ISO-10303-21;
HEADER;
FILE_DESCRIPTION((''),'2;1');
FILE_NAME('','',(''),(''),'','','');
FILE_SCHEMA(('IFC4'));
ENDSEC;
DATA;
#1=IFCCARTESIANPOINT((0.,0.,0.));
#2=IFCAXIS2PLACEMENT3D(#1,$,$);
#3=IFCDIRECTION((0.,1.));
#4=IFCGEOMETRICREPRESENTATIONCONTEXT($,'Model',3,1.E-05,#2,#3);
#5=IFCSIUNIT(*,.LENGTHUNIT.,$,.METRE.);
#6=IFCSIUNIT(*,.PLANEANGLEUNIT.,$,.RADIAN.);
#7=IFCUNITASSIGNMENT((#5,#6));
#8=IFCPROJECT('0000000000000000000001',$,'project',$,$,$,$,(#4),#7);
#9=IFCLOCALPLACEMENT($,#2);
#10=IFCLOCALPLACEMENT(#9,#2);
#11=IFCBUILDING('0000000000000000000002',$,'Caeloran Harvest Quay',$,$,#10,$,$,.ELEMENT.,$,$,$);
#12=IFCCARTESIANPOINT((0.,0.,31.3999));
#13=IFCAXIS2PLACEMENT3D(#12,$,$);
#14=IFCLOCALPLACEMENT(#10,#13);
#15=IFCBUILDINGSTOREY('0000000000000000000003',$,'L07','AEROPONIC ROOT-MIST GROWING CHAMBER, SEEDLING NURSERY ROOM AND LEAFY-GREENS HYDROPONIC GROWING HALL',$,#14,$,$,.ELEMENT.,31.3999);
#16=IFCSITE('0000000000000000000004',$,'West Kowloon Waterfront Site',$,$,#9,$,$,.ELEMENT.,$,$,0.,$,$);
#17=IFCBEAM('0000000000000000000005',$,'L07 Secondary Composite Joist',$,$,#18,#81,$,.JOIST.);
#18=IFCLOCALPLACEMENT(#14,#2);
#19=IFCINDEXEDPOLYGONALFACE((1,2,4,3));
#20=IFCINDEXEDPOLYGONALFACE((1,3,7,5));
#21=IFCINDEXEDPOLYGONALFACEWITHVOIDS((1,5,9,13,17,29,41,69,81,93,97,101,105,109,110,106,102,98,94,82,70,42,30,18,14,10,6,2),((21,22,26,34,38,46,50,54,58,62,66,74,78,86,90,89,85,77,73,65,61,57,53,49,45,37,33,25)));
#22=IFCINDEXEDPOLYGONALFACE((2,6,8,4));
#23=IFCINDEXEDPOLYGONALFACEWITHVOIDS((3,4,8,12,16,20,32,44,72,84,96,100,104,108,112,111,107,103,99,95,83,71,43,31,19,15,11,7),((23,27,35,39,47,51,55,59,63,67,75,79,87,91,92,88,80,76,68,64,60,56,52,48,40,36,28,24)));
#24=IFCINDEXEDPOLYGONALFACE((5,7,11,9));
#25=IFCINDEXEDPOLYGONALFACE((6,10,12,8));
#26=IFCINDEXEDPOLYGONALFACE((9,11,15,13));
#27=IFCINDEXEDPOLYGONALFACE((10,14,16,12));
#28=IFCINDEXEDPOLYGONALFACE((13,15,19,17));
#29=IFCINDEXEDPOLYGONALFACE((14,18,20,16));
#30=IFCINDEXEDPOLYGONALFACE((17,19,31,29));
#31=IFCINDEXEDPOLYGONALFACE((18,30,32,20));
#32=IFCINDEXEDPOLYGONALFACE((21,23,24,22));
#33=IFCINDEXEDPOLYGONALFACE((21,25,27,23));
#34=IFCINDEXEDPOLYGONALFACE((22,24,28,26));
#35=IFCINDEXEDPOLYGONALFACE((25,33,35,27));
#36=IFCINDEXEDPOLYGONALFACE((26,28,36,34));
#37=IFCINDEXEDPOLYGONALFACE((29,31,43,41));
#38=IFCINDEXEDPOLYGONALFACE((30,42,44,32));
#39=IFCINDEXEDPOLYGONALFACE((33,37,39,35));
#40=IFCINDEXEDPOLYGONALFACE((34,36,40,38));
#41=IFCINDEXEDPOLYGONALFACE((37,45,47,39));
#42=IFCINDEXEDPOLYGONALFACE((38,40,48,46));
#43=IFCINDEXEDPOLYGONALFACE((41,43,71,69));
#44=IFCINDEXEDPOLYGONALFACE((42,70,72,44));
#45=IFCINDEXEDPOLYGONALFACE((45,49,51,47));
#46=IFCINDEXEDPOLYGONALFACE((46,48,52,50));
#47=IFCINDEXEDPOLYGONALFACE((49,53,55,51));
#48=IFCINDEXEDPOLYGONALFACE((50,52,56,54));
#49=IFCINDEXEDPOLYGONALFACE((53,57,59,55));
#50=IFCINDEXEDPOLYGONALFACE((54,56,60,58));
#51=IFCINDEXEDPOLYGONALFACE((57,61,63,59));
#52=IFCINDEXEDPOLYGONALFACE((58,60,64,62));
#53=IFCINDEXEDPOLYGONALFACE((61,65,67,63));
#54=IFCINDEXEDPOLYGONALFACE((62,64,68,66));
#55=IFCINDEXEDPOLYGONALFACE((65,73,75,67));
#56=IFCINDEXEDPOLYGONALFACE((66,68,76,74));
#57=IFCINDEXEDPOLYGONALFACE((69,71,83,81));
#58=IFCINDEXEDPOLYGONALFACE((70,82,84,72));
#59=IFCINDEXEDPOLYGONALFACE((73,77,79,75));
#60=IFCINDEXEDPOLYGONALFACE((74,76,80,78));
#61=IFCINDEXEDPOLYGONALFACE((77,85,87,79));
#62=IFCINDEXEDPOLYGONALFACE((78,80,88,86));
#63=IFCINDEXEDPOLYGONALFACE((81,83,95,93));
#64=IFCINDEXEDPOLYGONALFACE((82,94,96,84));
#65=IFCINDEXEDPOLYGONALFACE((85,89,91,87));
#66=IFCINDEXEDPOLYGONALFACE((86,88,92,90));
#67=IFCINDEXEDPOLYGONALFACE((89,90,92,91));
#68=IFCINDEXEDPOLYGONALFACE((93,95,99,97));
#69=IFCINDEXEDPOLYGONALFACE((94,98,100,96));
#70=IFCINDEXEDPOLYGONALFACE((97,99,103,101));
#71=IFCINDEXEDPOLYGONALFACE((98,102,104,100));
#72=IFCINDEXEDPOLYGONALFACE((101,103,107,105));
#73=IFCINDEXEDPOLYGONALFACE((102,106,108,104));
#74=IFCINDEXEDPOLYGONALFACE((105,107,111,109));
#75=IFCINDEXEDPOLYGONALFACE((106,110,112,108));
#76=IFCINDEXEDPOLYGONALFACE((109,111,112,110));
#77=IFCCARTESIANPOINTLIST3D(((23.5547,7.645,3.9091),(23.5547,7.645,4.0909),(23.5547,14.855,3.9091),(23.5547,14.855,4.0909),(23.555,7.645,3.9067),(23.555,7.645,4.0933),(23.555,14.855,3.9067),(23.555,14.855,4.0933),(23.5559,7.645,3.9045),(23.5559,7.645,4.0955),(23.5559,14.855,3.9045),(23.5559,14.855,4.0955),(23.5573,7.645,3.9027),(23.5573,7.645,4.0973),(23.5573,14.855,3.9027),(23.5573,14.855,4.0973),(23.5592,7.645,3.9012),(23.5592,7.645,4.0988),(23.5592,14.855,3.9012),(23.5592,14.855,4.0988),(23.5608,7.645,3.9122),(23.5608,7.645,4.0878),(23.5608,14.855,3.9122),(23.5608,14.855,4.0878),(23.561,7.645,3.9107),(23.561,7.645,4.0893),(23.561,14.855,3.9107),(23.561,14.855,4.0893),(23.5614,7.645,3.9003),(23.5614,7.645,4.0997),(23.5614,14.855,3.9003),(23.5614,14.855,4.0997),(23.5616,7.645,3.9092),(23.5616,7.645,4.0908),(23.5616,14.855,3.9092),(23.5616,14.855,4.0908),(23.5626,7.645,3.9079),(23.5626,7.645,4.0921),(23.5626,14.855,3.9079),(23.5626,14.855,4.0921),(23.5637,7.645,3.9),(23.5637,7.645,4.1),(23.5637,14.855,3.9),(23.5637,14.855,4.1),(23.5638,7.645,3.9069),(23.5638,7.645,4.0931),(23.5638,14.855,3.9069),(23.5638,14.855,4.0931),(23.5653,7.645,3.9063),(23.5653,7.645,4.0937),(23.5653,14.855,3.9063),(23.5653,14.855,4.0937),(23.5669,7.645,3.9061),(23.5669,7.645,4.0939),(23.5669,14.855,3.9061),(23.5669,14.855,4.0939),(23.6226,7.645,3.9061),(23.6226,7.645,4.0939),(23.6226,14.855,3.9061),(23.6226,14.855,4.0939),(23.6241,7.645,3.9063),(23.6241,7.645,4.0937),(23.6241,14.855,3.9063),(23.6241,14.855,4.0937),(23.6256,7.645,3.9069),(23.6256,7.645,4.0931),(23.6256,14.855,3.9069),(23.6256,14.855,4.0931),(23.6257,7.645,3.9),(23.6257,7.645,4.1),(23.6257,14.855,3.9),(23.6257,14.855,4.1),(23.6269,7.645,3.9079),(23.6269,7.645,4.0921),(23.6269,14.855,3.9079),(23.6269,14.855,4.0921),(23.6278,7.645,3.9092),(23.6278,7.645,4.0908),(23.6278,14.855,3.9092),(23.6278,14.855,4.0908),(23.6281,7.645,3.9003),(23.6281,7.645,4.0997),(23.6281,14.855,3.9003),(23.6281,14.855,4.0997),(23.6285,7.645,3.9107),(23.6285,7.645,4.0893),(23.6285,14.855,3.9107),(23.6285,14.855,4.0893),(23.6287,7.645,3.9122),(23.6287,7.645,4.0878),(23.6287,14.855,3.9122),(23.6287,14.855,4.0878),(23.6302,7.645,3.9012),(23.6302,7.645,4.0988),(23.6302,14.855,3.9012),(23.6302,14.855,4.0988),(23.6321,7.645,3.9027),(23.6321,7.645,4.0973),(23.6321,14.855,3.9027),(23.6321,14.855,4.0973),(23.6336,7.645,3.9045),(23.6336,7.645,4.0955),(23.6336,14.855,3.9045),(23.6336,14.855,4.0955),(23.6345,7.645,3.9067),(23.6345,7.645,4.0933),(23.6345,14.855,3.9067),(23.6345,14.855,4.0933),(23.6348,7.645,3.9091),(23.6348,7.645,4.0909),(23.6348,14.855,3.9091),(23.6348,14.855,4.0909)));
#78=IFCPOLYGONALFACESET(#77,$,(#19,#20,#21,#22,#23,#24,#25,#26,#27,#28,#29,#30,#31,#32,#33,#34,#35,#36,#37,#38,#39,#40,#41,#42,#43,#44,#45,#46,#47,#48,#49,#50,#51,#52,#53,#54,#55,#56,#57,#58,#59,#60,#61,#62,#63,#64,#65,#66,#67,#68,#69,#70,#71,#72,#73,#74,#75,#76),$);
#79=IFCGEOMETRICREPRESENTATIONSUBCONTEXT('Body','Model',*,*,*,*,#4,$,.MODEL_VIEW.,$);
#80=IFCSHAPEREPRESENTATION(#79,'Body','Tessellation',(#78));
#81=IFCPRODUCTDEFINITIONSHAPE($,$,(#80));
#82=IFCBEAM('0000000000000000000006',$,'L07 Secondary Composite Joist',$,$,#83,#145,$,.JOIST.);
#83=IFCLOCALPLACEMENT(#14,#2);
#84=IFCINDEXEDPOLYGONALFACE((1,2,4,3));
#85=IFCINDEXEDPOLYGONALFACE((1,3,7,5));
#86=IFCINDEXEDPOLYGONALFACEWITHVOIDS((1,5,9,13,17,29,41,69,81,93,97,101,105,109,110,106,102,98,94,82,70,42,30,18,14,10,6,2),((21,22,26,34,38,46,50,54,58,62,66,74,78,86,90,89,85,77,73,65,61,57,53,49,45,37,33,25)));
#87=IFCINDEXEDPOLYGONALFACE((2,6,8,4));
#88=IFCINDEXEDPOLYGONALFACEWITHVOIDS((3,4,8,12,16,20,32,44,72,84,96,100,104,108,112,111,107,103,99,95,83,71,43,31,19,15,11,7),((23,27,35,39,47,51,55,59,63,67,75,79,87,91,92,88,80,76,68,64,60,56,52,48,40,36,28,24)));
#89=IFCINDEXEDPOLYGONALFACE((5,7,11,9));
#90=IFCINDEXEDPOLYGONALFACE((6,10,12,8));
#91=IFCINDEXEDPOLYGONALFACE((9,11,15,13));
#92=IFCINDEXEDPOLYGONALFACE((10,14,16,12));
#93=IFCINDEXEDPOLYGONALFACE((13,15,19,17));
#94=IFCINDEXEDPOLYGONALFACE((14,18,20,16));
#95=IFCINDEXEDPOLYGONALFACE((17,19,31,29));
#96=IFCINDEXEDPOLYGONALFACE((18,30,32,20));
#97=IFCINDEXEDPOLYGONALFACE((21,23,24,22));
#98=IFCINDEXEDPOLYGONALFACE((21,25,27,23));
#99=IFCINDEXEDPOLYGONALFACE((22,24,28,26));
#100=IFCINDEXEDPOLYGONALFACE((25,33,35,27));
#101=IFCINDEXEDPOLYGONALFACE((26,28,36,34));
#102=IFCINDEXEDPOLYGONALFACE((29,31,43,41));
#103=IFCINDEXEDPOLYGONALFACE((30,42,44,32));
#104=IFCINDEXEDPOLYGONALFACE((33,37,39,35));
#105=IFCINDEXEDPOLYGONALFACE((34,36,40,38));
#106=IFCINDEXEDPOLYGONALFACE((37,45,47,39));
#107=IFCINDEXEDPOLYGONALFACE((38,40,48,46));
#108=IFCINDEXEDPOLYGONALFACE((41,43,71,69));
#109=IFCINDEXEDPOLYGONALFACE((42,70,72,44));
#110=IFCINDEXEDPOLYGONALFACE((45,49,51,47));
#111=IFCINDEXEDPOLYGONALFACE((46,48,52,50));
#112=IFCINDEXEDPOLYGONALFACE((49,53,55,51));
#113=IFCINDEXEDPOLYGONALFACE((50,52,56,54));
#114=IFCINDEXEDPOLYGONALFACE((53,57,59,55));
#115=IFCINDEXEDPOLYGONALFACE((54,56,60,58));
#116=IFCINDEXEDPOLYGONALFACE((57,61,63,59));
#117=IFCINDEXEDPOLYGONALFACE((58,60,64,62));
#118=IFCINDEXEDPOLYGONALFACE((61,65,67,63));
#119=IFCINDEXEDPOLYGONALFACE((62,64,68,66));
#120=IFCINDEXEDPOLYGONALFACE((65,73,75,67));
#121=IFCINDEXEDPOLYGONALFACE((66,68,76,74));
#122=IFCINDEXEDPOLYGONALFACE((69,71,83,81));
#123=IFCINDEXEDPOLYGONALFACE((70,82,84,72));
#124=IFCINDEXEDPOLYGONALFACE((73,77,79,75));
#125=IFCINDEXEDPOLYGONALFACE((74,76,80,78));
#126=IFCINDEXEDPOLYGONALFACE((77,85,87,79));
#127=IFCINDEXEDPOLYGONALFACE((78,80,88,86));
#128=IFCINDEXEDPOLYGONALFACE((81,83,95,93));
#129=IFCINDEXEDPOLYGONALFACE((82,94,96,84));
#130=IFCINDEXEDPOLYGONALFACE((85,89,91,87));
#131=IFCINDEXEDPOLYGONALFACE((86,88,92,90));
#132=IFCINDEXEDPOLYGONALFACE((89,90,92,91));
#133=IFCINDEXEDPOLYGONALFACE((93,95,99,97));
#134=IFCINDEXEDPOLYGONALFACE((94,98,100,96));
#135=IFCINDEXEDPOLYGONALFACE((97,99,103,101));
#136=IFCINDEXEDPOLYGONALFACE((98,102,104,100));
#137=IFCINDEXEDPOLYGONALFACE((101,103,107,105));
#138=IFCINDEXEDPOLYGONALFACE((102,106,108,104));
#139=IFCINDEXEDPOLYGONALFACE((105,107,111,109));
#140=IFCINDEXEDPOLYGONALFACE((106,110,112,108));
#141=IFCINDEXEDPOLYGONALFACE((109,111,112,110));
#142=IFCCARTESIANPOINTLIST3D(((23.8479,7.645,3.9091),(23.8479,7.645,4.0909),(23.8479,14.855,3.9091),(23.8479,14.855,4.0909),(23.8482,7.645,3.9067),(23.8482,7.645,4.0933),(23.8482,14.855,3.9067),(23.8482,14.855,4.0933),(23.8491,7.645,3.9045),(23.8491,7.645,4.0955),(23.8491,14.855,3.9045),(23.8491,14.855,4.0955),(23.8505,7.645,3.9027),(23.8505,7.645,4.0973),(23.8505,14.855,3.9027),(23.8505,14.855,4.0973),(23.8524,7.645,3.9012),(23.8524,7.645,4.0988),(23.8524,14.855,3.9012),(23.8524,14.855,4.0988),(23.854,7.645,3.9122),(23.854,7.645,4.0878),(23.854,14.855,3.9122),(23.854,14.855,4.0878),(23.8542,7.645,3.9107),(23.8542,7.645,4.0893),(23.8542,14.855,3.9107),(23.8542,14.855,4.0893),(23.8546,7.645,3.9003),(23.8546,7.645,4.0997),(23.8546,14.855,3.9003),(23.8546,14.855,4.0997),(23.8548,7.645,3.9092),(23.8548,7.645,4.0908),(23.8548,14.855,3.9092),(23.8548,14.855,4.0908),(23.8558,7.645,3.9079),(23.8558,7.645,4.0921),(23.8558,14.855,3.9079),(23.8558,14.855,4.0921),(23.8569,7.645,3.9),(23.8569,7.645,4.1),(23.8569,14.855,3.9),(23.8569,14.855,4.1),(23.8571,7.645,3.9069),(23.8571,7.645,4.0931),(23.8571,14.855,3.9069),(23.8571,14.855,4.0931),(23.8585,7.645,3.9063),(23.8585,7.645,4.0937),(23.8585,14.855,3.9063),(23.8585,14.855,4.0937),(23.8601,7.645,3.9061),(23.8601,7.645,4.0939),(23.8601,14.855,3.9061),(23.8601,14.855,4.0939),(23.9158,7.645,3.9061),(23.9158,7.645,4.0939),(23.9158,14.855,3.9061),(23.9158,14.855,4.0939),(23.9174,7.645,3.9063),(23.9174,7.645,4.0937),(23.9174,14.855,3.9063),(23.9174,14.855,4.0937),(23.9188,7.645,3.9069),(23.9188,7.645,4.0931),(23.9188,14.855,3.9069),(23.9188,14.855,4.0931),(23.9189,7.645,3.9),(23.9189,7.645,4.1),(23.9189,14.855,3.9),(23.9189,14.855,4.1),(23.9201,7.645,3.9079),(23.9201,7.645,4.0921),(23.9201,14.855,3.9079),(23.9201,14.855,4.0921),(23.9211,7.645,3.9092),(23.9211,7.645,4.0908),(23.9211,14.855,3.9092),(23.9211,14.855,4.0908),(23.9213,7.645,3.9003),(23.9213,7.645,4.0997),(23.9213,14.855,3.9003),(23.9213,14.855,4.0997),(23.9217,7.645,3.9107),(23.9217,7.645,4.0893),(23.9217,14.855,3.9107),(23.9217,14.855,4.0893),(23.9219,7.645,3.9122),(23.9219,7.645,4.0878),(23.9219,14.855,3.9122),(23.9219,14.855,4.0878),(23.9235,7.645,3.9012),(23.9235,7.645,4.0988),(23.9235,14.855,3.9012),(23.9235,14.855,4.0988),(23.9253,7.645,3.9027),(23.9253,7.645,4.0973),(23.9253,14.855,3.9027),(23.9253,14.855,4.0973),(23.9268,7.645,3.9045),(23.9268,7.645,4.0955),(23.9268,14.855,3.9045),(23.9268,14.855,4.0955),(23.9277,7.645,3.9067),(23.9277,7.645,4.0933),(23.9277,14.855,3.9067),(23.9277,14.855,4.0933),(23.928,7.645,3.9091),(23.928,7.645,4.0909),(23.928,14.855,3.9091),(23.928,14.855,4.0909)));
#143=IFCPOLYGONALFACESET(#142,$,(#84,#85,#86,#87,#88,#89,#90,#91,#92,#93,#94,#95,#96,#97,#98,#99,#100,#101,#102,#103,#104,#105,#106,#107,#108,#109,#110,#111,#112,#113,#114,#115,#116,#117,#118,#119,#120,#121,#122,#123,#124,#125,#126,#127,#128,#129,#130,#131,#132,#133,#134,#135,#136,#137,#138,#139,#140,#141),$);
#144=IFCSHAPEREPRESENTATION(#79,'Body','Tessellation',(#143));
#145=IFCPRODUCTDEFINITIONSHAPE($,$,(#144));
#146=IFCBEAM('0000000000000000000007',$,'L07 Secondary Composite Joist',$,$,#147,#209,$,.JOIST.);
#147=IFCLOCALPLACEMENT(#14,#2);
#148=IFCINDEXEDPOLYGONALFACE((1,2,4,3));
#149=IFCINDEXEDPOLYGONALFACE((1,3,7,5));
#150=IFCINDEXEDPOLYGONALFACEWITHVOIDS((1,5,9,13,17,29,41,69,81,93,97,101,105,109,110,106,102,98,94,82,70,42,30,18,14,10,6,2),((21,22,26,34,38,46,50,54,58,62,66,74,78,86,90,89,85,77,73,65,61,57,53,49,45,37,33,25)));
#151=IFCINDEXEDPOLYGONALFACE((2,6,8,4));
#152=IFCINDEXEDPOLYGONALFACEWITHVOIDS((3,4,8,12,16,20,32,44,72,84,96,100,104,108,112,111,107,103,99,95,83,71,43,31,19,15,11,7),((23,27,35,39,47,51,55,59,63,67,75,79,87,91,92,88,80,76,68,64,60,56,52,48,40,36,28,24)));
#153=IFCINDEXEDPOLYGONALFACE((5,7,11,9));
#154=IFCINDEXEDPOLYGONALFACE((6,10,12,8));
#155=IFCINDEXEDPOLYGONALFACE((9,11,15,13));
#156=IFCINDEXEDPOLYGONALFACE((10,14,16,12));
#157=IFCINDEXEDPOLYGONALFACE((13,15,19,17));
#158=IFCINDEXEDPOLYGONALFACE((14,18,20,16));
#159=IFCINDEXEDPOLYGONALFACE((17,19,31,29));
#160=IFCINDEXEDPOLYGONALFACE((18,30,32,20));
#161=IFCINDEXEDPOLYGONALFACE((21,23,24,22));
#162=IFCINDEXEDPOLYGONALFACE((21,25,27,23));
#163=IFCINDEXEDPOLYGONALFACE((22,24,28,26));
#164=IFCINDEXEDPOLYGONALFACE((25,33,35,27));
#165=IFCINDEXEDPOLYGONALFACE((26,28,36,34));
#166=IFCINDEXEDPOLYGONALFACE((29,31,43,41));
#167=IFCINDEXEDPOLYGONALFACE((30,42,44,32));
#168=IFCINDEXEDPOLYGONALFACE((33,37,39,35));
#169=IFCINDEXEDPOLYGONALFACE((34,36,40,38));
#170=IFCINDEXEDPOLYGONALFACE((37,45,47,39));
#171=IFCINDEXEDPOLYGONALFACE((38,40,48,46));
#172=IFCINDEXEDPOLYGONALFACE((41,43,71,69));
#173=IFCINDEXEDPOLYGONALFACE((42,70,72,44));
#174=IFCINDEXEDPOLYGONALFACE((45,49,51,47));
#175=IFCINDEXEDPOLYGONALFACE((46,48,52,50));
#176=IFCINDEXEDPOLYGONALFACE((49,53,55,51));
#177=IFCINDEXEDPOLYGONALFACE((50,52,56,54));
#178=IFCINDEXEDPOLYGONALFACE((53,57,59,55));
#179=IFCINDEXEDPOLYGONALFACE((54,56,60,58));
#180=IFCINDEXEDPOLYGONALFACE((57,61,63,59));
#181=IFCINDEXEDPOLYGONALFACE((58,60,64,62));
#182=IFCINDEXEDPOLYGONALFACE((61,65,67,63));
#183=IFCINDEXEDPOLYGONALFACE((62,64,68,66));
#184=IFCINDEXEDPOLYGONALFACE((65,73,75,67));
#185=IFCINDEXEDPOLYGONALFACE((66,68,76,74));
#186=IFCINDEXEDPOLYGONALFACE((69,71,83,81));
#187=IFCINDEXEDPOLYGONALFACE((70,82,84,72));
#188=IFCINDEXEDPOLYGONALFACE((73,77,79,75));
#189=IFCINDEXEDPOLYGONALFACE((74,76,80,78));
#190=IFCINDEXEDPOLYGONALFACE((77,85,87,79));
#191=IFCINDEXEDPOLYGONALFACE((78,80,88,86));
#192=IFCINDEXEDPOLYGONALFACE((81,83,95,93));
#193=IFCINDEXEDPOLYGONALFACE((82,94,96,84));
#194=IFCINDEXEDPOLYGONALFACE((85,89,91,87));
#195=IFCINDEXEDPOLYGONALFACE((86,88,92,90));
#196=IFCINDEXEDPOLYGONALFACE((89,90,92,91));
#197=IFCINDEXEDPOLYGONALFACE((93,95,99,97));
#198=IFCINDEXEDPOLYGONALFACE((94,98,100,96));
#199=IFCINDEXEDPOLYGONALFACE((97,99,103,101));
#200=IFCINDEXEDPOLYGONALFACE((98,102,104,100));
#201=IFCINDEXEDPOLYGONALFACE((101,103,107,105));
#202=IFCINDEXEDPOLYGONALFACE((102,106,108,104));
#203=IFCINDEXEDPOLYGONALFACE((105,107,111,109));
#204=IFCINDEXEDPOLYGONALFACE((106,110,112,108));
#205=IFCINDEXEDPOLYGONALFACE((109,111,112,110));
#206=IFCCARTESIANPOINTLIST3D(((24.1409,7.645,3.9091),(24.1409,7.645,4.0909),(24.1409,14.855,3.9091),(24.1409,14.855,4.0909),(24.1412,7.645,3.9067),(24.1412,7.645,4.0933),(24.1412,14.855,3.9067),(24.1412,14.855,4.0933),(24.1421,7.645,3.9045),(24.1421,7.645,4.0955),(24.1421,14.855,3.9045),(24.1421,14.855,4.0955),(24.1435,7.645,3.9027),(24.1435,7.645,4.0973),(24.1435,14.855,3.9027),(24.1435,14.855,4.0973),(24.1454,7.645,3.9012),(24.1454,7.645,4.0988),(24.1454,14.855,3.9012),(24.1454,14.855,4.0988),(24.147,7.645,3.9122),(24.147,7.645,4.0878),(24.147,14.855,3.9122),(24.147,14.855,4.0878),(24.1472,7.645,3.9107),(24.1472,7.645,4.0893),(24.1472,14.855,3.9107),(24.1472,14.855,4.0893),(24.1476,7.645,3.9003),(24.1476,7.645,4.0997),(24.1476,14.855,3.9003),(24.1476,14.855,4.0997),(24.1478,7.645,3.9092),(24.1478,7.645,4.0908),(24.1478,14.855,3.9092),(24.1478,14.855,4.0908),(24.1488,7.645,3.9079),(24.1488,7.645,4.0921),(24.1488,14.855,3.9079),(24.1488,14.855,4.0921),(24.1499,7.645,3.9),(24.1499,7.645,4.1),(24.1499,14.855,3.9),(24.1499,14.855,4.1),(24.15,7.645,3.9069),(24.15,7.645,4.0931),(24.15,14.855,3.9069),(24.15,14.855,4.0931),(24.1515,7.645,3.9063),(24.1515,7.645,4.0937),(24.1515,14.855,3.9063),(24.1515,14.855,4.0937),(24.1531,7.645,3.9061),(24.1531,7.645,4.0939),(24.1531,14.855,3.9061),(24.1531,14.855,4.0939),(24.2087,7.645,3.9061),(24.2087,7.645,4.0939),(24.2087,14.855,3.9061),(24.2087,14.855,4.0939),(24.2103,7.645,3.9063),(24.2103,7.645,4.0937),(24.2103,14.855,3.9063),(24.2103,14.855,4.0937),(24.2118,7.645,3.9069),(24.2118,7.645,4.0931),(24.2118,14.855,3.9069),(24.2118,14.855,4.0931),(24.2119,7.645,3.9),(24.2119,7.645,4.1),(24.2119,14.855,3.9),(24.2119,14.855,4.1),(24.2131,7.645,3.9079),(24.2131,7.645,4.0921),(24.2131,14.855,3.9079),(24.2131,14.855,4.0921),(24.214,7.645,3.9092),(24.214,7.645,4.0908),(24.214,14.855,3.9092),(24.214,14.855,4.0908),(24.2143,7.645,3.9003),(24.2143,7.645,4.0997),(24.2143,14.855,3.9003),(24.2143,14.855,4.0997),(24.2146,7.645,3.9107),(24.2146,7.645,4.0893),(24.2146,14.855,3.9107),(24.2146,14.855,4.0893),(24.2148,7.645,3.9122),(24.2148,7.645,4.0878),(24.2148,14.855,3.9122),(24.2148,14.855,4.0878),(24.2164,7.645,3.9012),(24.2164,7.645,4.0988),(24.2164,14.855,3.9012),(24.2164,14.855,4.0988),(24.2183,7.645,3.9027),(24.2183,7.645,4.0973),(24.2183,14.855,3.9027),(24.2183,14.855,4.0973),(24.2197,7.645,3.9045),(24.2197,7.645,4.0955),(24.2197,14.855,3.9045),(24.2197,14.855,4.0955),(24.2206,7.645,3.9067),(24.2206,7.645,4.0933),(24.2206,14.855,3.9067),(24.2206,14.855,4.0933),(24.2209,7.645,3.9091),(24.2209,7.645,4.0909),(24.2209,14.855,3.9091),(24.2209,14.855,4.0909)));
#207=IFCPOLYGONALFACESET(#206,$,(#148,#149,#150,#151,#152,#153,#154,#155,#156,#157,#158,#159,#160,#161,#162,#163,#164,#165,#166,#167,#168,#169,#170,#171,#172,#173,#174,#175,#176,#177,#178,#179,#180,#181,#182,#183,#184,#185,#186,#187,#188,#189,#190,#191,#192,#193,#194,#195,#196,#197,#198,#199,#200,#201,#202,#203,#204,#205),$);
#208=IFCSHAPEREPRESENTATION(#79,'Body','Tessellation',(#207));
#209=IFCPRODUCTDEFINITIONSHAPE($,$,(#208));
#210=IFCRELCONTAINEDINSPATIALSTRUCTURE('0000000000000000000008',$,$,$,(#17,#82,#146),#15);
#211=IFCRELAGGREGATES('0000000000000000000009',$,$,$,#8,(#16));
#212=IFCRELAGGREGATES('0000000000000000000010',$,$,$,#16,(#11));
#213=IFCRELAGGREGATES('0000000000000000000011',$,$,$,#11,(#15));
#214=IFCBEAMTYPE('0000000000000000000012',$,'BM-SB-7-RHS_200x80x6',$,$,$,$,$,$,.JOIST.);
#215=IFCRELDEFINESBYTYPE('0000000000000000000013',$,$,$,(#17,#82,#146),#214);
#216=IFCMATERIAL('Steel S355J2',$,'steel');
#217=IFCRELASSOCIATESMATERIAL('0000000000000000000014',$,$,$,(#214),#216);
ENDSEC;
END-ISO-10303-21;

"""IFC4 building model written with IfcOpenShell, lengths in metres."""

from ifc_helpers import new_model, si_unit, direction, frame, origin, origin_2d, place, context, subcontext, project, spatial, hollow_rectangle, extrude, material, material_profile, profile_set, type_object, element, save


model = new_model("IFC4")

# Units and contexts
model_context = context("Model", 3, precision=1e-05, world=origin(), true_north=direction((0.0, 1.0)))
body_context = subcontext(model_context, "Body", "Model", "MODEL_VIEW")
ifc_project = project(units=[si_unit("LENGTHUNIT", "METRE"), si_unit("PLANEANGLEUNIT", "RADIAN")], contexts=[model_context])

# Site, building, storey
site_placement = place(None, origin())
site = spatial("IfcSite", under=ifc_project, at=site_placement, Name="West Kowloon Waterfront Site", CompositionType="ELEMENT", RefElevation=0.0)
building_placement = place(site_placement, origin())
building = spatial("IfcBuilding", under=site, at=building_placement, Name="Caeloran Harvest Quay", CompositionType="ELEMENT")
storey_placement = place(building_placement, frame((0.0, 0.0, 31.3999)))
storey = spatial("IfcBuildingStorey", under=building, at=storey_placement, Name="L07", Description="AEROPONIC ROOT-MIST GROWING CHAMBER, SEEDLING NURSERY ROOM AND LEAFY-GREENS HYDROPONIC GROWING HALL", CompositionType="ELEMENT", Elevation=31.3999)

# Beams
ifc_material_1 = material(Name="Steel S355J2", Category="steel")
ifc_material_profile_1 = material_profile(ifc_material_1, hollow_rectangle(XDim=0.0801, YDim=0.2, WallThickness=0.0061, InnerFilletRadius=0.0061, OuterFilletRadius=0.009, at=origin_2d()), Name="RHS 200x80x6")
ifc_profile_set_1 = profile_set([ifc_material_profile_1], Name="Steel S355J2")
beam_type_1 = type_object("IfcBeamType", Name="BM-SB-7-RHS_200x80x6", PredefinedType="JOIST", material=ifc_profile_set_1)
for number, where, z_axis, x_axis, name in (
    (1, (23.5947, 7.645, 4.0), (0.0, 1.0, 0.0), (-1.0, 0.0, 0.0), "L07 Secondary Composite Joist"),
    (2, (23.8879, 7.645, 4.0), (0.0, 1.0, 0.0), (-1.0, 0.0, 0.0), "L07 Secondary Composite Joist"),
    (3, (24.1809, 7.645, 4.0), (0.0, 1.0, 0.0), (-1.0, 0.0, 0.0), "L07 Secondary Composite Joist"),
):
    element("IfcBeam", number, at=place(storey_placement, frame(where, z_axis=z_axis, x_axis=x_axis)), inside=storey, type_object=beam_type_1, Name=name, PredefinedType="JOIST", context=body_context, shape_type="SweptSolid", body=[
        extrude(hollow_rectangle(XDim=0.0801, YDim=0.2, WallThickness=0.0061, InnerFilletRadius=0.0061, OuterFilletRadius=0.009, at=origin_2d()), origin(), (0.0, 0.0, 1.0), 7.21),
    ])

save(model, "model.ifc")
